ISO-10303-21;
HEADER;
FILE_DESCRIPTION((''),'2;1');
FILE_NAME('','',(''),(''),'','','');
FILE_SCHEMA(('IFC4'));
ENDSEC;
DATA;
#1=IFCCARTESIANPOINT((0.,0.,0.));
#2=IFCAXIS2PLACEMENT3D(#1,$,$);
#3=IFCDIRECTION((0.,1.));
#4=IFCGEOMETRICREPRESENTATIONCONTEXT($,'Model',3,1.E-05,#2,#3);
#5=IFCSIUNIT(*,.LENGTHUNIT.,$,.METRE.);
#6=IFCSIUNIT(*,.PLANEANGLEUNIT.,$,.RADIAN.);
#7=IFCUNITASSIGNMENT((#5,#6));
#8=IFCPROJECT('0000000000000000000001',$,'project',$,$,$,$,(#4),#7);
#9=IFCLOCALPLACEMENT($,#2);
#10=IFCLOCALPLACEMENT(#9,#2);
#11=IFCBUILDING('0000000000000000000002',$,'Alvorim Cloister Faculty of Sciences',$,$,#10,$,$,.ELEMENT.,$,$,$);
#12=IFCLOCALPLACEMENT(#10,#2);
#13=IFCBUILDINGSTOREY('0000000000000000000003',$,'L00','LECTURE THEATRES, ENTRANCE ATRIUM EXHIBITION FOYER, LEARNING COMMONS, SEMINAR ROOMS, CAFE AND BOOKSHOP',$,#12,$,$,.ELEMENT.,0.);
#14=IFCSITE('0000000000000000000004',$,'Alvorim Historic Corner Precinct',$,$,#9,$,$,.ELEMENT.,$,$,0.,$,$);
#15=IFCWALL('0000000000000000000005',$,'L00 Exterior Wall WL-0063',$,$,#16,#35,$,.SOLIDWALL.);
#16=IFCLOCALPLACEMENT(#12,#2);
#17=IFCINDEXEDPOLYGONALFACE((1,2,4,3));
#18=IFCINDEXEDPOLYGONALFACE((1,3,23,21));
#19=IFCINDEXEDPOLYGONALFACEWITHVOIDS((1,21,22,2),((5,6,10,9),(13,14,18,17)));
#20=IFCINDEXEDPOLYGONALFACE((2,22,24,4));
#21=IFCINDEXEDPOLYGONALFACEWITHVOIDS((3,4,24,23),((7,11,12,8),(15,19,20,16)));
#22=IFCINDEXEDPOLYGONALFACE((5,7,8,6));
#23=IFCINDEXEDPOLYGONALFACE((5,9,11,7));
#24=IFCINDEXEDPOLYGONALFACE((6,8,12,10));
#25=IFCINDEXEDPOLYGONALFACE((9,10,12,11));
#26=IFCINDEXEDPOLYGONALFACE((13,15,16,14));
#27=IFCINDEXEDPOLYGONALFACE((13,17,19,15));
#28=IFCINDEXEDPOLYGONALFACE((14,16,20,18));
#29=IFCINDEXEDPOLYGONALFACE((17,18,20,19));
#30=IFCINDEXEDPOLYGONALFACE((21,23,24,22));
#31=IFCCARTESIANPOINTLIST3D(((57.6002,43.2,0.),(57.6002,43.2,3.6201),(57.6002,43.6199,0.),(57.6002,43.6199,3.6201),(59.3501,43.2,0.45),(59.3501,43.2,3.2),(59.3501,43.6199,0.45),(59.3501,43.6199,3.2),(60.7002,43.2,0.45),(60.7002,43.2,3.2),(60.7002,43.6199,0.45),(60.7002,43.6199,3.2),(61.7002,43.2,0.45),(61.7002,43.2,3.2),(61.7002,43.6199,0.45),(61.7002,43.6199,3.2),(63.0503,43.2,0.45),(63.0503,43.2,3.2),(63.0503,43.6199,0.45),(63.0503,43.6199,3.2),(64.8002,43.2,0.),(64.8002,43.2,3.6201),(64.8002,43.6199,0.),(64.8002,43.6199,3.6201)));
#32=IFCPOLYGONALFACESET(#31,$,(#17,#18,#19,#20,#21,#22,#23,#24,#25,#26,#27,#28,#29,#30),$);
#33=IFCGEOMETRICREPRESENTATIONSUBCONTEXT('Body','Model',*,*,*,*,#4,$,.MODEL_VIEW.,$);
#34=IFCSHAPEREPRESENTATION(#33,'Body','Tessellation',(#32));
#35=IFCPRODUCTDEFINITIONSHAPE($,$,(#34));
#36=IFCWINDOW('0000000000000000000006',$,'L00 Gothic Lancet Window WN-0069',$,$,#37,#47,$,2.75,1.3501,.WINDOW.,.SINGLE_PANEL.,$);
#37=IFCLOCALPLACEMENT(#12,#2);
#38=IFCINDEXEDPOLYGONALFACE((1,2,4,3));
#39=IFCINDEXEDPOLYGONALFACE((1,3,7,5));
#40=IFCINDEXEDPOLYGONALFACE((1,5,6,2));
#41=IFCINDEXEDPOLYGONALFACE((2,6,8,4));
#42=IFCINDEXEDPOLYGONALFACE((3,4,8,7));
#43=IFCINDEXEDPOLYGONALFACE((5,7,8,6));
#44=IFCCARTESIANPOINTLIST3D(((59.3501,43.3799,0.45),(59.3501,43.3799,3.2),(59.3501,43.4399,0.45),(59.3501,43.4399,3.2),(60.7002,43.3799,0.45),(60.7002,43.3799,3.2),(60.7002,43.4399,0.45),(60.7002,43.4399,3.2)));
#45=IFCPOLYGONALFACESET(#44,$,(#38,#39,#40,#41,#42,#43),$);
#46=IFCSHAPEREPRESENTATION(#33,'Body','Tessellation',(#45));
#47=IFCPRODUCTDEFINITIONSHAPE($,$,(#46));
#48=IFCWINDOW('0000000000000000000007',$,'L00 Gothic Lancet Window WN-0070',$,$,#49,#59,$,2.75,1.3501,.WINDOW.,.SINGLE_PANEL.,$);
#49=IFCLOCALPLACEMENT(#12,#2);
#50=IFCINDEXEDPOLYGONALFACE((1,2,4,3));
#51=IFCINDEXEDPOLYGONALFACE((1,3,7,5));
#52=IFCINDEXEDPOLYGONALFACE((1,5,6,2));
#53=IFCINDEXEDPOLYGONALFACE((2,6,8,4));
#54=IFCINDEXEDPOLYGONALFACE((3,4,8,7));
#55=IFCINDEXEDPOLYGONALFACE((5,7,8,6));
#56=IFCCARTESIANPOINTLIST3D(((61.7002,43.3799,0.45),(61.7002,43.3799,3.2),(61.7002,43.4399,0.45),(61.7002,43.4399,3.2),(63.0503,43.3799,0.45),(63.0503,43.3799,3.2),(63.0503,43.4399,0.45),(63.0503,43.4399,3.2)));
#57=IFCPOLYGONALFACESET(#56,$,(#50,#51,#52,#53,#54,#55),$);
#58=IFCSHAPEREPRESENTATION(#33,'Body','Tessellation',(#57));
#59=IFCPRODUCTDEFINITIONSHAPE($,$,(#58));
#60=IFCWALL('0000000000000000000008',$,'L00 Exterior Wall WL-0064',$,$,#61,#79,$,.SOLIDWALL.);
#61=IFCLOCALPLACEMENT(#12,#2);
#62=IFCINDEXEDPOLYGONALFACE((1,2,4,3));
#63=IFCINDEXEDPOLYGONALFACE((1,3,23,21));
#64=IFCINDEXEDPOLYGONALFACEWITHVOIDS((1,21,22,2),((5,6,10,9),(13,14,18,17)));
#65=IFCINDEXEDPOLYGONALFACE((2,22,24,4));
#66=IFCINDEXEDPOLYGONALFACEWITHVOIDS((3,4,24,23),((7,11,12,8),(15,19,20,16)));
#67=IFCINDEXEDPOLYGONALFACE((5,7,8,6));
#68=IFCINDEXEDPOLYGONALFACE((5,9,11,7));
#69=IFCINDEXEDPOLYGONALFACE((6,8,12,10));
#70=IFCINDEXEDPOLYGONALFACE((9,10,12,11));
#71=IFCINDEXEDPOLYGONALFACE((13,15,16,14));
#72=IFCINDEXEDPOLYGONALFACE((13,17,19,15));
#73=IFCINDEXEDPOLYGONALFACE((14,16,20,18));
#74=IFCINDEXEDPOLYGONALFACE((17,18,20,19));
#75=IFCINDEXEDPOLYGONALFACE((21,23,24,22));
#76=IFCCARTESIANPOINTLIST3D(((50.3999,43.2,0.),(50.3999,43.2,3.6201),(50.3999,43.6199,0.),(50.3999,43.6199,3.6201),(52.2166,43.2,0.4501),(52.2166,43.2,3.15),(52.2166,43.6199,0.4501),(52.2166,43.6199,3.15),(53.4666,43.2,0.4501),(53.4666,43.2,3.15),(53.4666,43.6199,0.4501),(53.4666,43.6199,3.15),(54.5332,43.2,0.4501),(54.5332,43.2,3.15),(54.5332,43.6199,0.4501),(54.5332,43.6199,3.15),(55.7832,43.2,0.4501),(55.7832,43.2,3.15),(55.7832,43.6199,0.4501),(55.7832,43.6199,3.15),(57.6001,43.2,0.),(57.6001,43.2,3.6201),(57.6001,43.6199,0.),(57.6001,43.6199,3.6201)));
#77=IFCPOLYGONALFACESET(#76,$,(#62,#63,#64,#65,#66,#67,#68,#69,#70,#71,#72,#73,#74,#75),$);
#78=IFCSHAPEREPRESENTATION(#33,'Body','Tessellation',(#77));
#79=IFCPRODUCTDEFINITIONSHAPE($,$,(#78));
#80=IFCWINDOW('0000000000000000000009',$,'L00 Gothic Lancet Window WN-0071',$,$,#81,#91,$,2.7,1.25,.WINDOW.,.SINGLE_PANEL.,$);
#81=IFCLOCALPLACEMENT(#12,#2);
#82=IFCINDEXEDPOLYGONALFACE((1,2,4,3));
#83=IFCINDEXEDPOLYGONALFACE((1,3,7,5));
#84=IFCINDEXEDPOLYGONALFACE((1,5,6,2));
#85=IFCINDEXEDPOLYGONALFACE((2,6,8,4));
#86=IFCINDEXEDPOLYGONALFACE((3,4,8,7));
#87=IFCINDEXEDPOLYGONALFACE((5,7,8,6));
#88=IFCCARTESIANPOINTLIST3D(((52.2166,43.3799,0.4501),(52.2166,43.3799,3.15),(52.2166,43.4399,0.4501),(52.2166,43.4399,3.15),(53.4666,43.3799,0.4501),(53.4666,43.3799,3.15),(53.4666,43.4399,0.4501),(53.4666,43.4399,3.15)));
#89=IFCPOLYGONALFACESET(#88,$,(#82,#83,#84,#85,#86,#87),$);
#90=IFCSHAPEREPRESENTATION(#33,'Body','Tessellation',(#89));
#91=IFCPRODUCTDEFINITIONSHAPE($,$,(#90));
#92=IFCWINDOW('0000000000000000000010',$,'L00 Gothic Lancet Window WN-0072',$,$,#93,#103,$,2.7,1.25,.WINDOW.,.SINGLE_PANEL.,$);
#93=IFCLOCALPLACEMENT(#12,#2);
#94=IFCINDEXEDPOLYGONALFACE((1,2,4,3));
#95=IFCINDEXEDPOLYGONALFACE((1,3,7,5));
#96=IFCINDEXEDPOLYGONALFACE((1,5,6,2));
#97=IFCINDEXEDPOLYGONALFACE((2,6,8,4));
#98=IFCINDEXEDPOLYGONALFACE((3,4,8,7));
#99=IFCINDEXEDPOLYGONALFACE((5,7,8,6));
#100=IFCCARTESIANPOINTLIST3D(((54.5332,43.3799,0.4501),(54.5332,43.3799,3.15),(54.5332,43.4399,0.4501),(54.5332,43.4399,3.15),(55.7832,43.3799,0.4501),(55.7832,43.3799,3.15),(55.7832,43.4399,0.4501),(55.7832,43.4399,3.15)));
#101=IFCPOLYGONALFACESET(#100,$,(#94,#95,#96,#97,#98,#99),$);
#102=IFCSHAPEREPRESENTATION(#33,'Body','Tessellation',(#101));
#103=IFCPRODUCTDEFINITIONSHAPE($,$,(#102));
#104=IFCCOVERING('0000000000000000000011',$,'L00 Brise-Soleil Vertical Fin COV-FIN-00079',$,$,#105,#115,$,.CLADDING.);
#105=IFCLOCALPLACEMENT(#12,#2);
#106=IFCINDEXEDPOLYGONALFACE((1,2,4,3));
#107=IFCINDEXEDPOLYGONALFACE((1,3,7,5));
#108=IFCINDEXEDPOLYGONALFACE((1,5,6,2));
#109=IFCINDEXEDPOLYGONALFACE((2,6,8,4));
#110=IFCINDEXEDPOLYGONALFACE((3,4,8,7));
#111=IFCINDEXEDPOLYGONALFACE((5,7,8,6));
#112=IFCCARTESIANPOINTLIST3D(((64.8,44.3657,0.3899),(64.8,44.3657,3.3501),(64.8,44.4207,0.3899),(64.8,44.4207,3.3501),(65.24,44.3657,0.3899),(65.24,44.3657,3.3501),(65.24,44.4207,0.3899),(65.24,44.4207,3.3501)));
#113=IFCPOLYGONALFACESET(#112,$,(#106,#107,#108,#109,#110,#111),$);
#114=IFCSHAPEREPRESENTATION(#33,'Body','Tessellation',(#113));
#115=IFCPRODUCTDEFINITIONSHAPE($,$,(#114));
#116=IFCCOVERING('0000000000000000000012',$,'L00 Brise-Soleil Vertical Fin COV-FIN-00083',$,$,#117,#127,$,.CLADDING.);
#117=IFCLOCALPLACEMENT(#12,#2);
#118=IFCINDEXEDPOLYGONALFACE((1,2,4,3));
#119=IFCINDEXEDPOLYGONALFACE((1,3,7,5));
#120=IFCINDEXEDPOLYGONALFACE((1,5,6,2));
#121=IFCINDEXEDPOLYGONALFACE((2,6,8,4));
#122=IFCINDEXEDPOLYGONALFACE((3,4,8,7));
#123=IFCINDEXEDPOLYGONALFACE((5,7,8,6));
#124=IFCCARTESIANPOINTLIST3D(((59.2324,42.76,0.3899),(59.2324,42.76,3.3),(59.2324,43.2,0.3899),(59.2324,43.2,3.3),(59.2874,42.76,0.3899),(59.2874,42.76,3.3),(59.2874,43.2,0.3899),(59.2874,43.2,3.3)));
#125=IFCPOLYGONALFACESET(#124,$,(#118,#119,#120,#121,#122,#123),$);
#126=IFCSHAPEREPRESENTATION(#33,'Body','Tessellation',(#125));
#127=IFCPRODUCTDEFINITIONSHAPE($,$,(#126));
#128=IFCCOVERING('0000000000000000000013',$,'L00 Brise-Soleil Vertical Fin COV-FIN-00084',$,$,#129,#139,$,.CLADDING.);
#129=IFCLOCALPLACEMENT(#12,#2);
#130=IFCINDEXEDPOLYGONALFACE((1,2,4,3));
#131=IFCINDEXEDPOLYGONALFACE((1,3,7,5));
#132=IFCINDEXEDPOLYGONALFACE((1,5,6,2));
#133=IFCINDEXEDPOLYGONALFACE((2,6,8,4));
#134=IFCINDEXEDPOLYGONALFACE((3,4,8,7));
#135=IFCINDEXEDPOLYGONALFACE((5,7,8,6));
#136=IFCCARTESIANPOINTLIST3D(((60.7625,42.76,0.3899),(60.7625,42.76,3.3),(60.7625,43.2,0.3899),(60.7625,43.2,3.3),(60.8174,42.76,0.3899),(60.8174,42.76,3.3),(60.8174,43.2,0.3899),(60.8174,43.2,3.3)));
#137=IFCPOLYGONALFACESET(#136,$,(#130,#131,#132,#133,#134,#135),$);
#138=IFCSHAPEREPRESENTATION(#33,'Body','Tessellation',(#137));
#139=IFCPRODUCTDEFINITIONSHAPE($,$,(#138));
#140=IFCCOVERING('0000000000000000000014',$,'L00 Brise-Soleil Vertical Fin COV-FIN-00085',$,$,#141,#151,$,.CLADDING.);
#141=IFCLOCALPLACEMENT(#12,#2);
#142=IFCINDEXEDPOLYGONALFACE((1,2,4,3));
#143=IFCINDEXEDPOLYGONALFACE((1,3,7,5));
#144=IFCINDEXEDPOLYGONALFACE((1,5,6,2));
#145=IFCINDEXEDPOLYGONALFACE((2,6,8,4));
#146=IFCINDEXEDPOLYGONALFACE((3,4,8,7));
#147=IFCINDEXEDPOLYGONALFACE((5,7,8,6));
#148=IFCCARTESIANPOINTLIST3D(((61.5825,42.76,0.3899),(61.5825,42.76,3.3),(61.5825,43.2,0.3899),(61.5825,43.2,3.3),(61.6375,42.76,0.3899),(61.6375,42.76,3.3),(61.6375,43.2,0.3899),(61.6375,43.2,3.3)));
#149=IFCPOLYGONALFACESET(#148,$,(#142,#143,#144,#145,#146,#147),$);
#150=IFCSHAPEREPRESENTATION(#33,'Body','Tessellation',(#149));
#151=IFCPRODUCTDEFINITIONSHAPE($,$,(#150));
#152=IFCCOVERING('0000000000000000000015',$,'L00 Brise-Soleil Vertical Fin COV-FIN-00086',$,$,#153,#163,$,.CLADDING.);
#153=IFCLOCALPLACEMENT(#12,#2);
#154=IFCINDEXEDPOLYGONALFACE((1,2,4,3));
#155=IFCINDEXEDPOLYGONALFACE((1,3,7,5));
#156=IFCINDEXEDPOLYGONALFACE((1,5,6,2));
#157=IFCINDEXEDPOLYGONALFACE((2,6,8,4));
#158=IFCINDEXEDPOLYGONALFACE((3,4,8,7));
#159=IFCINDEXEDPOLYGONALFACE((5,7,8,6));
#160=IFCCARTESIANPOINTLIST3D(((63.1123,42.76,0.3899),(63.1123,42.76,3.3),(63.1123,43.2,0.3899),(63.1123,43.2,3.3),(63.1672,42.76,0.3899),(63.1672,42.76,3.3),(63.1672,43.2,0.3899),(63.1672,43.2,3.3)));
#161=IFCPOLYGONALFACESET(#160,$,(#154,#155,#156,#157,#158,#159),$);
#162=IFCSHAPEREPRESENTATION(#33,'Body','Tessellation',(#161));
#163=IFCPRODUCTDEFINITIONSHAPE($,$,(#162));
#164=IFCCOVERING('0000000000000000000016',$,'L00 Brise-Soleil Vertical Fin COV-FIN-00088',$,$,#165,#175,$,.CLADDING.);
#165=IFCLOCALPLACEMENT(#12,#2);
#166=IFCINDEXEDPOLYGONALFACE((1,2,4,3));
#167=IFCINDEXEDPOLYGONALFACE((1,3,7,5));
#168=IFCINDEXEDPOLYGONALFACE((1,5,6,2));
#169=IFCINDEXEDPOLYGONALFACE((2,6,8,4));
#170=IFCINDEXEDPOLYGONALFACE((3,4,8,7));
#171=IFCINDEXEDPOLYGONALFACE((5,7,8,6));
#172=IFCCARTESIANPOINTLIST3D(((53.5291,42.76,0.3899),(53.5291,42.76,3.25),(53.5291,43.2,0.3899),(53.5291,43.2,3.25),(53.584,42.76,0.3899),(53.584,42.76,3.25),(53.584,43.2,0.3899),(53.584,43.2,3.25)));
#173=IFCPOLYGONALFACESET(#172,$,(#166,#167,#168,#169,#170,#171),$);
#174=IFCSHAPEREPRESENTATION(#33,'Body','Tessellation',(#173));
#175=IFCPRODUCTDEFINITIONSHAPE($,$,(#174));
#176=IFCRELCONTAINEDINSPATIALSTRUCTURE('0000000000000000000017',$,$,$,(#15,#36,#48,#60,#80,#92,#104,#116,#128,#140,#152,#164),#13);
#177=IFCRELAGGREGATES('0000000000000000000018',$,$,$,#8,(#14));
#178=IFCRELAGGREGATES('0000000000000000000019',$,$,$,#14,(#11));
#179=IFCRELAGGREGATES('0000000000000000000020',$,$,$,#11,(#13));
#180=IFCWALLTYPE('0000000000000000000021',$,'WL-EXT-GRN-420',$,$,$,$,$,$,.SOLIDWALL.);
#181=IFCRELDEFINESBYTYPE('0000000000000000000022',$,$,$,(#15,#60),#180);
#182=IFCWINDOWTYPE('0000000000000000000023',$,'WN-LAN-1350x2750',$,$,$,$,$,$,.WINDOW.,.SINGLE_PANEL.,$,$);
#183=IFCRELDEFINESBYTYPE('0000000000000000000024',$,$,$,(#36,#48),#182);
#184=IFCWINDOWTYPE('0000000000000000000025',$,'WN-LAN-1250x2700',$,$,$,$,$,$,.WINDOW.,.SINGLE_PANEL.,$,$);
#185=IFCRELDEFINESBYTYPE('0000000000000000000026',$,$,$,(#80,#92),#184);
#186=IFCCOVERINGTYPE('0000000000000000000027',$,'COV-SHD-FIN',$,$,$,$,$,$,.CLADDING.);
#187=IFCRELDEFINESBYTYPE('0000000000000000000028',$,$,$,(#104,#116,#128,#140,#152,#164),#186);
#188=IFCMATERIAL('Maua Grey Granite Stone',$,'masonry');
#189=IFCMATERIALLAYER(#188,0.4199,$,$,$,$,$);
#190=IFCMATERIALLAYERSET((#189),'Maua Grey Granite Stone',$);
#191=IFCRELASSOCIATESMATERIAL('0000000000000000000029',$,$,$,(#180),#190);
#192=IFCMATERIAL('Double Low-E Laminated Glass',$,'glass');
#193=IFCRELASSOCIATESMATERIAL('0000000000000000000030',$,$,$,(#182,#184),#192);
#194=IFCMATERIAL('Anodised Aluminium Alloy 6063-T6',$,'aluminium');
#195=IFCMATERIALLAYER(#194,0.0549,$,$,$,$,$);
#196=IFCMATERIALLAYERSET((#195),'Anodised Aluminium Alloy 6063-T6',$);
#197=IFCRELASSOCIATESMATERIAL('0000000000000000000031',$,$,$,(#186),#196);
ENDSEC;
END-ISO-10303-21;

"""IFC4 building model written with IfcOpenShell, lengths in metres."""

from ifc_helpers import new_model, si_unit, direction, frame, frame_2d, origin, place, context, subcontext, project, spatial, polyline, rectangle, outline, extrude, material, layer, layer_set, type_object, element, fill, save


model = new_model("IFC4")

# Units and contexts
model_context = context("Model", 3, precision=1e-05, world=origin(), true_north=direction((0.0, 1.0)))
body_context = subcontext(model_context, "Body", "Model", "MODEL_VIEW")
ifc_project = project(units=[si_unit("LENGTHUNIT", "METRE"), si_unit("PLANEANGLEUNIT", "RADIAN")], contexts=[model_context])

# Site, building, storey
site_placement = place(None, origin())
site = spatial("IfcSite", under=ifc_project, at=site_placement, Name="Alvorim Historic Corner Precinct", CompositionType="ELEMENT", RefElevation=0.0)
building_placement = place(site_placement, origin())
building = spatial("IfcBuilding", under=site, at=building_placement, Name="Alvorim Cloister Faculty of Sciences", CompositionType="ELEMENT")
storey_placement = place(building_placement, origin())
storey = spatial("IfcBuildingStorey", under=building, at=storey_placement, Name="L00", Description="LECTURE THEATRES, ENTRANCE ATRIUM EXHIBITION FOYER, LEARNING COMMONS, SEMINAR ROOMS, CAFE AND BOOKSHOP", CompositionType="ELEMENT", Elevation=0.0)

# Walls, openings, windows
ifc_material_1 = material(Name="Maua Grey Granite Stone", Category="masonry")
ifc_layer_1 = layer(ifc_material_1, 0.4199)
ifc_layer_set_1 = layer_set([ifc_layer_1], Name="Maua Grey Granite Stone")
wall_type = type_object("IfcWallType", Name="WL-EXT-GRN-420", PredefinedType="SOLIDWALL", material=ifc_layer_set_1)
ifc_material_2 = material(Name="Double Low-E Laminated Glass", Category="glass")
wall_1_placement = place(storey_placement, frame((57.6001, 43.4099, 0.0), z_axis=(0.0, 0.0, 1.0), x_axis=(1.0, 0.0, 0.0)))
wall_1 = element("IfcWall", 1, at=wall_1_placement, inside=storey, type_object=wall_type, Name="L00 Exterior Wall WL-0063", PredefinedType="SOLIDWALL", context=body_context, shape_type="SweptSolid", body=[
    extrude(rectangle(XDim=7.2, YDim=0.4199, at=frame_2d((3.6001, 0.0))), origin(), (0.0, 0.0, 1.0), 3.6201),
])
opening_1_placement = place(wall_1_placement, frame((1.75, 0.0, 0.45)))
opening_1 = element("IfcOpeningElement", 2, at=opening_1_placement, cuts=wall_1, PredefinedType="OPENING", context=body_context, shape_type="SweptSolid", body=[
    extrude(rectangle(XDim=1.3501, YDim=2.75, at=frame_2d((0.675, 1.375))), frame((0.0, 0.2219, 0.0), z_axis=(0.0, -1.0, 0.0), x_axis=(1.0, 0.0, 0.0)), (0.0, 0.0, 1.0), 0.4438),
])
opening_2_placement = place(wall_1_placement, frame((4.1001, 0.0, 0.45)))
opening_2 = element("IfcOpeningElement", 3, at=opening_2_placement, cuts=wall_1, PredefinedType="OPENING", context=body_context, shape_type="SweptSolid", body=[
    extrude(rectangle(XDim=1.3501, YDim=2.75, at=frame_2d((0.675, 1.375))), frame((0.0, 0.2219, 0.0), z_axis=(0.0, -1.0, 0.0), x_axis=(1.0, 0.0, 0.0)), (0.0, 0.0, 1.0), 0.4438),
])
window_type_1 = type_object("IfcWindowType", Name="WN-LAN-1350x2750", PartitioningType="SINGLE_PANEL", PredefinedType="WINDOW", material=ifc_material_2)
window_1_placement = place(opening_1_placement, origin())
window_1 = element("IfcWindow", 4, at=window_1_placement, inside=storey, type_object=window_type_1, Name="L00 Gothic Lancet Window WN-0069", OverallHeight=2.75, OverallWidth=1.3501, PartitioningType="SINGLE_PANEL", PredefinedType="WINDOW", context=body_context, shape_type="SweptSolid", body=[
    extrude(rectangle(XDim=1.3501, YDim=2.75, at=frame_2d((0.675, 1.375))), frame((0.0, 0.03, 0.0), z_axis=(0.0, -1.0, 0.0), x_axis=(1.0, 0.0, 0.0)), (0.0, 0.0, 1.0), 0.0601),
])
fill(opening_1, window_1)
window_2_placement = place(opening_2_placement, origin())
window_2 = element("IfcWindow", 5, at=window_2_placement, inside=storey, type_object=window_type_1, Name="L00 Gothic Lancet Window WN-0070", OverallHeight=2.75, OverallWidth=1.3501, PartitioningType="SINGLE_PANEL", PredefinedType="WINDOW", context=body_context, shape_type="SweptSolid", body=[
    extrude(rectangle(XDim=1.3501, YDim=2.75, at=frame_2d((0.675, 1.375))), frame((0.0, 0.03, 0.0), z_axis=(0.0, -1.0, 0.0), x_axis=(1.0, 0.0, 0.0)), (0.0, 0.0, 1.0), 0.0601),
])
fill(opening_2, window_2)
wall_2_placement = place(storey_placement, frame((50.3999, 43.4099, 0.0), z_axis=(0.0, 0.0, 1.0), x_axis=(1.0, 0.0, 0.0)))
wall_2 = element("IfcWall", 6, at=wall_2_placement, inside=storey, type_object=wall_type, Name="L00 Exterior Wall WL-0064", PredefinedType="SOLIDWALL", context=body_context, shape_type="SweptSolid", body=[
    extrude(rectangle(XDim=7.2002, YDim=0.4199, at=frame_2d((3.6001, 0.0))), origin(), (0.0, 0.0, 1.0), 3.6201),
])
opening_3_placement = place(wall_2_placement, frame((1.8167, 0.0, 0.45)))
opening_3 = element("IfcOpeningElement", 7, at=opening_3_placement, cuts=wall_2, PredefinedType="OPENING", context=body_context, shape_type="SweptSolid", body=[
    extrude(rectangle(XDim=1.25, YDim=2.7, at=frame_2d((0.625, 1.3501))), frame((0.0, 0.2219, 0.0), z_axis=(0.0, -1.0, 0.0), x_axis=(1.0, 0.0, 0.0)), (0.0, 0.0, 1.0), 0.4438),
])
opening_4_placement = place(wall_2_placement, frame((4.1333, 0.0, 0.45)))
opening_4 = element("IfcOpeningElement", 8, at=opening_4_placement, cuts=wall_2, PredefinedType="OPENING", context=body_context, shape_type="SweptSolid", body=[
    extrude(rectangle(XDim=1.25, YDim=2.7, at=frame_2d((0.625, 1.3501))), frame((0.0, 0.2219, 0.0), z_axis=(0.0, -1.0, 0.0), x_axis=(1.0, 0.0, 0.0)), (0.0, 0.0, 1.0), 0.4438),
])
window_type_2 = type_object("IfcWindowType", Name="WN-LAN-1250x2700", PartitioningType="SINGLE_PANEL", PredefinedType="WINDOW", material=ifc_material_2)
window_3_placement = place(opening_3_placement, origin())
window_3 = element("IfcWindow", 9, at=window_3_placement, inside=storey, type_object=window_type_2, Name="L00 Gothic Lancet Window WN-0071", OverallHeight=2.7, OverallWidth=1.25, PartitioningType="SINGLE_PANEL", PredefinedType="WINDOW", context=body_context, shape_type="SweptSolid", body=[
    extrude(rectangle(XDim=1.25, YDim=2.7, at=frame_2d((0.625, 1.3501))), frame((0.0, 0.03, 0.0), z_axis=(0.0, -1.0, 0.0), x_axis=(1.0, 0.0, 0.0)), (0.0, 0.0, 1.0), 0.0601),
])
fill(opening_3, window_3)
window_4_placement = place(opening_4_placement, origin())
window_4 = element("IfcWindow", 10, at=window_4_placement, inside=storey, type_object=window_type_2, Name="L00 Gothic Lancet Window WN-0072", OverallHeight=2.7, OverallWidth=1.25, PartitioningType="SINGLE_PANEL", PredefinedType="WINDOW", context=body_context, shape_type="SweptSolid", body=[
    extrude(rectangle(XDim=1.25, YDim=2.7, at=frame_2d((0.625, 1.3501))), frame((0.0, 0.03, 0.0), z_axis=(0.0, -1.0, 0.0), x_axis=(1.0, 0.0, 0.0)), (0.0, 0.0, 1.0), 0.0601),
])
fill(opening_4, window_4)

# Coverings
ifc_material_3 = material(Name="Anodised Aluminium Alloy 6063-T6", Category="aluminium")
ifc_layer_2 = layer(ifc_material_3, 0.0549)
ifc_layer_set_2 = layer_set([ifc_layer_2], Name="Anodised Aluminium Alloy 6063-T6")
covering_type = type_object("IfcCoveringType", Name="COV-SHD-FIN", PredefinedType="CLADDING", material=ifc_layer_set_2)
covering_placement = place(storey_placement, frame((64.8, 44.3933, 0.3899), z_axis=(0.0, 0.0, 1.0), x_axis=(1.0, 0.0, 0.0)))
element("IfcCovering", 11, at=covering_placement, inside=storey, type_object=covering_type, Name="L00 Brise-Soleil Vertical Fin COV-FIN-00079", PredefinedType="CLADDING", context=body_context, shape_type="SweptSolid", body=[
    extrude(outline(polyline([(0.0, 0.0), (0.4399, 0.0), (0.4399, 2.9602), (0.0, 2.9602), (0.0, 0.0)])), frame((0.0, 0.0273, 0.0), z_axis=(0.0, -1.0, 0.0), x_axis=(1.0, 0.0, 0.0)), (0.0, 0.0, 1.0), 0.0549),
])
for number, where, z_axis, x_axis, name in (
    (12, (59.26, 43.2, 0.3899), (0.0, 0.0, 1.0), (0.0, -1.0, 0.0), "L00 Brise-Soleil Vertical Fin COV-FIN-00083"),
    (13, (60.79, 43.2, 0.3899), (0.0, 0.0, 1.0), (0.0, -1.0, 0.0), "L00 Brise-Soleil Vertical Fin COV-FIN-00084"),
    (14, (61.6101, 43.2, 0.3899), (0.0, 0.0, 1.0), (0.0, -1.0, 0.0), "L00 Brise-Soleil Vertical Fin COV-FIN-00085"),
    (15, (63.1399, 43.2, 0.3899), (0.0, 0.0, 1.0), (0.0, -1.0, 0.0), "L00 Brise-Soleil Vertical Fin COV-FIN-00086"),
):
    element("IfcCovering", number, at=place(storey_placement, frame(where, z_axis=z_axis, x_axis=x_axis)), inside=storey, type_object=covering_type, Name=name, PredefinedType="CLADDING", context=body_context, shape_type="SweptSolid", body=[
        extrude(outline(polyline([(0.0, 0.0), (0.4399, 0.0), (0.4399, 2.9102), (0.0, 2.9102), (0.0, 0.0)])), frame((0.0, 0.0273, 0.0), z_axis=(0.0, -1.0, 0.0), x_axis=(1.0, 0.0, 0.0)), (0.0, 0.0, 1.0), 0.0549),
    ])
for number, where, z_axis, x_axis, name in (
    (16, (53.5566, 43.2, 0.3899), (0.0, 0.0, 1.0), (0.0, -1.0, 0.0), "L00 Brise-Soleil Vertical Fin COV-FIN-00088"),
):
    element("IfcCovering", number, at=place(storey_placement, frame(where, z_axis=z_axis, x_axis=x_axis)), inside=storey, type_object=covering_type, Name=name, PredefinedType="CLADDING", context=body_context, shape_type="SweptSolid", body=[
        extrude(outline(polyline([(0.0, 0.0), (0.4399, 0.0), (0.4399, 2.8601), (0.0, 2.8601), (0.0, 0.0)])), frame((0.0, 0.0273, 0.0), z_axis=(0.0, -1.0, 0.0), x_axis=(1.0, 0.0, 0.0)), (0.0, 0.0, 1.0), 0.0549),
    ])

save(model, "model.ifc")
